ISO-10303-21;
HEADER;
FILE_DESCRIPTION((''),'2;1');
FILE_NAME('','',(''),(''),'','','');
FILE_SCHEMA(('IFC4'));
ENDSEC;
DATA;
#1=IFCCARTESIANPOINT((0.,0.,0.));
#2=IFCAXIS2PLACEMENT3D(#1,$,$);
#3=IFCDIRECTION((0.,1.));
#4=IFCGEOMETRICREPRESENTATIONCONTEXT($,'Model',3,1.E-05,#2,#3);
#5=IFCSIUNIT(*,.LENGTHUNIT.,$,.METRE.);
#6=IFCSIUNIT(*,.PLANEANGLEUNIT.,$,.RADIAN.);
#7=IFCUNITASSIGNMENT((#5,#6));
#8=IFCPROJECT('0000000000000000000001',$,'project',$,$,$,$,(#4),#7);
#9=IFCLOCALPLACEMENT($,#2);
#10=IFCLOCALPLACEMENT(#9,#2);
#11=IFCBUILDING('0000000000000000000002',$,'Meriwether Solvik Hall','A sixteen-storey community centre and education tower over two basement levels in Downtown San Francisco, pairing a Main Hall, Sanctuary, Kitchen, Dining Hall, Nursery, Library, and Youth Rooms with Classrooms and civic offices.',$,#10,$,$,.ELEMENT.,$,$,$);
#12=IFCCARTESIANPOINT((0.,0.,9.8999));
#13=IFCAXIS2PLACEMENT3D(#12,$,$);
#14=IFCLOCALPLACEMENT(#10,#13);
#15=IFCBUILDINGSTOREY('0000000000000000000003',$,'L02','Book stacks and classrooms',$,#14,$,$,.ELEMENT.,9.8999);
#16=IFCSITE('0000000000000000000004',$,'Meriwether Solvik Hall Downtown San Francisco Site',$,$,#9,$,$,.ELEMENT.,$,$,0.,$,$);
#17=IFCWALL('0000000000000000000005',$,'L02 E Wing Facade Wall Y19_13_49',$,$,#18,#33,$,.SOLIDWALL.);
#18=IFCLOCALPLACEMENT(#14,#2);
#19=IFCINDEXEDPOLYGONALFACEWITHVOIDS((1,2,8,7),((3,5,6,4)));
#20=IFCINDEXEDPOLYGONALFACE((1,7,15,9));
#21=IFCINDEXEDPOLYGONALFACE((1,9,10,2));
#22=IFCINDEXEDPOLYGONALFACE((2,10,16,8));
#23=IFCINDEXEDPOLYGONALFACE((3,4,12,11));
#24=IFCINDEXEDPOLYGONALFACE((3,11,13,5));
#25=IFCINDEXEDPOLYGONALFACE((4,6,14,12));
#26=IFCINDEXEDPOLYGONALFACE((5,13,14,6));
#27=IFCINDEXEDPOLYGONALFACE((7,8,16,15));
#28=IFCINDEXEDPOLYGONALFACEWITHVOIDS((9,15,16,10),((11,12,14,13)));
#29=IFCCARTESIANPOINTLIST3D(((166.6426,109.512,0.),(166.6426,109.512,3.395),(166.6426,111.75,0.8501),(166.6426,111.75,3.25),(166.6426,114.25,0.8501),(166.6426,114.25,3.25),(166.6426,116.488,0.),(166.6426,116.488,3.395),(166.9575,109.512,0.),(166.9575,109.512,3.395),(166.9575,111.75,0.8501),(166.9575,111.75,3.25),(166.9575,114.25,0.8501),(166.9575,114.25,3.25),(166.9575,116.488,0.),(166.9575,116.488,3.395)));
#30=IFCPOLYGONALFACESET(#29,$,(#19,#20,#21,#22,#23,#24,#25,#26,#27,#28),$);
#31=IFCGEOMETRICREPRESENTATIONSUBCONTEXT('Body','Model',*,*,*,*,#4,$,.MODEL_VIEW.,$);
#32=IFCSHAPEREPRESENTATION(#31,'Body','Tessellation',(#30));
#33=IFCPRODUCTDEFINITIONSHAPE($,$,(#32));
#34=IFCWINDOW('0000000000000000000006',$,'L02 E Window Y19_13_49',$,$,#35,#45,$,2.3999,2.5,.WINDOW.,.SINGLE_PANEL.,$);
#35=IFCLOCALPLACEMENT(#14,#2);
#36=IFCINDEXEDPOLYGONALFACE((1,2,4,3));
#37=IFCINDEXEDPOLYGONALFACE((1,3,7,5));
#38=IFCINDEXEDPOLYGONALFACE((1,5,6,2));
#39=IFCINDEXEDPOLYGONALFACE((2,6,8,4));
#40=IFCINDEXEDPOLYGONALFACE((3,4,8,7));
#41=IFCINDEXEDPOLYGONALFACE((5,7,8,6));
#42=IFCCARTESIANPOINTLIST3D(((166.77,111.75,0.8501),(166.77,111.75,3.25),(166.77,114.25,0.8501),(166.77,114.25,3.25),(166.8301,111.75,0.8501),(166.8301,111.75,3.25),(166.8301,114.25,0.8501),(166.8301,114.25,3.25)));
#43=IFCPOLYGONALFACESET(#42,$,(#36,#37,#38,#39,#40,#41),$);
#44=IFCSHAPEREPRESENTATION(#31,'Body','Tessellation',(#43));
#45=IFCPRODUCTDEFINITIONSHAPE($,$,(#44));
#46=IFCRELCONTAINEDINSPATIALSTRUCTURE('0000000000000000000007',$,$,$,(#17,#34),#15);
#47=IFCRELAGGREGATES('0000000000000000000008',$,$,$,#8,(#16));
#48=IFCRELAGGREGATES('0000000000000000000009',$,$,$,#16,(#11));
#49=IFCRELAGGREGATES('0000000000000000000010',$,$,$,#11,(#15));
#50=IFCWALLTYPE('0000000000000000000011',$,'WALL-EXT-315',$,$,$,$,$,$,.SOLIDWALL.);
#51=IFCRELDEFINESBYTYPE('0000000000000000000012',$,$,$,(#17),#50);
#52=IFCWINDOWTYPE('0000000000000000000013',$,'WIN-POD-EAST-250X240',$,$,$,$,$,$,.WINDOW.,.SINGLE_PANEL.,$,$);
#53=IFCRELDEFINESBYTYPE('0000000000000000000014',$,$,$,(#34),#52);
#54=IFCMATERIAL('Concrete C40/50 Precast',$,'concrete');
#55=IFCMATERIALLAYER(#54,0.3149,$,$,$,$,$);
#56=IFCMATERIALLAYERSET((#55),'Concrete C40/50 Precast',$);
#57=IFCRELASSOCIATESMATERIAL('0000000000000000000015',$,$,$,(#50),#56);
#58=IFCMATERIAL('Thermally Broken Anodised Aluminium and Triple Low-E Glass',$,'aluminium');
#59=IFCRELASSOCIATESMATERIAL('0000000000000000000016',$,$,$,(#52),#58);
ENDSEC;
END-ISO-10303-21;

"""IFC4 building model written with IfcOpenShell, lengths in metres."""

from ifc_helpers import new_model, si_unit, direction, frame, frame_2d, origin, place, context, subcontext, project, spatial, rectangle, extrude, material, layer, layer_set, type_object, element, fill, save


model = new_model("IFC4")

# Units and contexts
model_context = context("Model", 3, precision=1e-05, world=origin(), true_north=direction((0.0, 1.0)))
body_context = subcontext(model_context, "Body", "Model", "MODEL_VIEW")
ifc_project = project(units=[si_unit("LENGTHUNIT", "METRE"), si_unit("PLANEANGLEUNIT", "RADIAN")], contexts=[model_context])

# Site, building, storey
site_placement = place(None, origin())
site = spatial("IfcSite", under=ifc_project, at=site_placement, Name="Meriwether Solvik Hall Downtown San Francisco Site", CompositionType="ELEMENT", RefElevation=0.0)
building_placement = place(site_placement, origin())
building = spatial("IfcBuilding", under=site, at=building_placement, Name="Meriwether Solvik Hall", Description="A sixteen-storey community centre and education tower over two basement levels in Downtown San Francisco, pairing a Main Hall, Sanctuary, Kitchen, Dining Hall, Nursery, Library, and Youth Rooms with Classrooms and civic offices.", CompositionType="ELEMENT")
storey_placement = place(building_placement, frame((0.0, 0.0, 9.8999)))
storey = spatial("IfcBuildingStorey", under=building, at=storey_placement, Name="L02", Description="Book stacks and classrooms", CompositionType="ELEMENT", Elevation=9.8999)

# Wall, opening, window
ifc_material_1 = material(Name="Concrete C40/50 Precast", Category="concrete")
ifc_layer_1 = layer(ifc_material_1, 0.3149)
ifc_layer_set_1 = layer_set([ifc_layer_1], Name="Concrete C40/50 Precast")
wall_type_1 = type_object("IfcWallType", Name="WALL-EXT-315", PredefinedType="SOLIDWALL", material=ifc_layer_set_1)
wall_1_placement = place(storey_placement, frame((166.8, 116.488, 0.0), z_axis=(0.0, 0.0, 1.0), x_axis=(0.0, -1.0, 0.0)))
wall_1 = element("IfcWall", 1, at=wall_1_placement, inside=storey, type_object=wall_type_1, Name="L02 E Wing Facade Wall Y19_13_49", PredefinedType="SOLIDWALL", context=body_context, shape_type="SweptSolid", body=[
    extrude(rectangle(XDim=6.9761, YDim=0.3149, at=frame_2d((3.488, 0.0))), origin(), (0.0, 0.0, 1.0), 3.395),
])
opening_1_placement = place(wall_1_placement, frame((2.238, 0.0, 0.8501)))
opening_1 = element("IfcOpeningElement", 2, at=opening_1_placement, cuts=wall_1, PredefinedType="OPENING", context=body_context, shape_type="SweptSolid", body=[
    extrude(rectangle(XDim=2.5, YDim=2.3999, at=frame_2d((1.25, 1.2))), frame((0.0, 0.1694, 0.0), z_axis=(0.0, -1.0, 0.0), x_axis=(1.0, 0.0, 0.0)), (0.0, 0.0, 1.0), 0.3389),
])
ifc_material_2 = material(Name="Thermally Broken Anodised Aluminium and Triple Low-E Glass", Category="aluminium")
window_type_1 = type_object("IfcWindowType", Name="WIN-POD-EAST-250X240", PartitioningType="SINGLE_PANEL", PredefinedType="WINDOW", material=ifc_material_2)
window_1_placement = place(opening_1_placement, origin())
window_1 = element("IfcWindow", 3, at=window_1_placement, inside=storey, type_object=window_type_1, Name="L02 E Window Y19_13_49", OverallHeight=2.3999, OverallWidth=2.5, PartitioningType="SINGLE_PANEL", PredefinedType="WINDOW", context=body_context, shape_type="SweptSolid", body=[
    extrude(rectangle(XDim=2.5, YDim=2.3999, at=frame_2d((1.25, 1.2))), frame((0.0, 0.03, 0.0), z_axis=(0.0, -1.0, 0.0), x_axis=(1.0, 0.0, 0.0)), (0.0, 0.0, 1.0), 0.0601),
])
fill(opening_1, window_1)

save(model, "model.ifc")
